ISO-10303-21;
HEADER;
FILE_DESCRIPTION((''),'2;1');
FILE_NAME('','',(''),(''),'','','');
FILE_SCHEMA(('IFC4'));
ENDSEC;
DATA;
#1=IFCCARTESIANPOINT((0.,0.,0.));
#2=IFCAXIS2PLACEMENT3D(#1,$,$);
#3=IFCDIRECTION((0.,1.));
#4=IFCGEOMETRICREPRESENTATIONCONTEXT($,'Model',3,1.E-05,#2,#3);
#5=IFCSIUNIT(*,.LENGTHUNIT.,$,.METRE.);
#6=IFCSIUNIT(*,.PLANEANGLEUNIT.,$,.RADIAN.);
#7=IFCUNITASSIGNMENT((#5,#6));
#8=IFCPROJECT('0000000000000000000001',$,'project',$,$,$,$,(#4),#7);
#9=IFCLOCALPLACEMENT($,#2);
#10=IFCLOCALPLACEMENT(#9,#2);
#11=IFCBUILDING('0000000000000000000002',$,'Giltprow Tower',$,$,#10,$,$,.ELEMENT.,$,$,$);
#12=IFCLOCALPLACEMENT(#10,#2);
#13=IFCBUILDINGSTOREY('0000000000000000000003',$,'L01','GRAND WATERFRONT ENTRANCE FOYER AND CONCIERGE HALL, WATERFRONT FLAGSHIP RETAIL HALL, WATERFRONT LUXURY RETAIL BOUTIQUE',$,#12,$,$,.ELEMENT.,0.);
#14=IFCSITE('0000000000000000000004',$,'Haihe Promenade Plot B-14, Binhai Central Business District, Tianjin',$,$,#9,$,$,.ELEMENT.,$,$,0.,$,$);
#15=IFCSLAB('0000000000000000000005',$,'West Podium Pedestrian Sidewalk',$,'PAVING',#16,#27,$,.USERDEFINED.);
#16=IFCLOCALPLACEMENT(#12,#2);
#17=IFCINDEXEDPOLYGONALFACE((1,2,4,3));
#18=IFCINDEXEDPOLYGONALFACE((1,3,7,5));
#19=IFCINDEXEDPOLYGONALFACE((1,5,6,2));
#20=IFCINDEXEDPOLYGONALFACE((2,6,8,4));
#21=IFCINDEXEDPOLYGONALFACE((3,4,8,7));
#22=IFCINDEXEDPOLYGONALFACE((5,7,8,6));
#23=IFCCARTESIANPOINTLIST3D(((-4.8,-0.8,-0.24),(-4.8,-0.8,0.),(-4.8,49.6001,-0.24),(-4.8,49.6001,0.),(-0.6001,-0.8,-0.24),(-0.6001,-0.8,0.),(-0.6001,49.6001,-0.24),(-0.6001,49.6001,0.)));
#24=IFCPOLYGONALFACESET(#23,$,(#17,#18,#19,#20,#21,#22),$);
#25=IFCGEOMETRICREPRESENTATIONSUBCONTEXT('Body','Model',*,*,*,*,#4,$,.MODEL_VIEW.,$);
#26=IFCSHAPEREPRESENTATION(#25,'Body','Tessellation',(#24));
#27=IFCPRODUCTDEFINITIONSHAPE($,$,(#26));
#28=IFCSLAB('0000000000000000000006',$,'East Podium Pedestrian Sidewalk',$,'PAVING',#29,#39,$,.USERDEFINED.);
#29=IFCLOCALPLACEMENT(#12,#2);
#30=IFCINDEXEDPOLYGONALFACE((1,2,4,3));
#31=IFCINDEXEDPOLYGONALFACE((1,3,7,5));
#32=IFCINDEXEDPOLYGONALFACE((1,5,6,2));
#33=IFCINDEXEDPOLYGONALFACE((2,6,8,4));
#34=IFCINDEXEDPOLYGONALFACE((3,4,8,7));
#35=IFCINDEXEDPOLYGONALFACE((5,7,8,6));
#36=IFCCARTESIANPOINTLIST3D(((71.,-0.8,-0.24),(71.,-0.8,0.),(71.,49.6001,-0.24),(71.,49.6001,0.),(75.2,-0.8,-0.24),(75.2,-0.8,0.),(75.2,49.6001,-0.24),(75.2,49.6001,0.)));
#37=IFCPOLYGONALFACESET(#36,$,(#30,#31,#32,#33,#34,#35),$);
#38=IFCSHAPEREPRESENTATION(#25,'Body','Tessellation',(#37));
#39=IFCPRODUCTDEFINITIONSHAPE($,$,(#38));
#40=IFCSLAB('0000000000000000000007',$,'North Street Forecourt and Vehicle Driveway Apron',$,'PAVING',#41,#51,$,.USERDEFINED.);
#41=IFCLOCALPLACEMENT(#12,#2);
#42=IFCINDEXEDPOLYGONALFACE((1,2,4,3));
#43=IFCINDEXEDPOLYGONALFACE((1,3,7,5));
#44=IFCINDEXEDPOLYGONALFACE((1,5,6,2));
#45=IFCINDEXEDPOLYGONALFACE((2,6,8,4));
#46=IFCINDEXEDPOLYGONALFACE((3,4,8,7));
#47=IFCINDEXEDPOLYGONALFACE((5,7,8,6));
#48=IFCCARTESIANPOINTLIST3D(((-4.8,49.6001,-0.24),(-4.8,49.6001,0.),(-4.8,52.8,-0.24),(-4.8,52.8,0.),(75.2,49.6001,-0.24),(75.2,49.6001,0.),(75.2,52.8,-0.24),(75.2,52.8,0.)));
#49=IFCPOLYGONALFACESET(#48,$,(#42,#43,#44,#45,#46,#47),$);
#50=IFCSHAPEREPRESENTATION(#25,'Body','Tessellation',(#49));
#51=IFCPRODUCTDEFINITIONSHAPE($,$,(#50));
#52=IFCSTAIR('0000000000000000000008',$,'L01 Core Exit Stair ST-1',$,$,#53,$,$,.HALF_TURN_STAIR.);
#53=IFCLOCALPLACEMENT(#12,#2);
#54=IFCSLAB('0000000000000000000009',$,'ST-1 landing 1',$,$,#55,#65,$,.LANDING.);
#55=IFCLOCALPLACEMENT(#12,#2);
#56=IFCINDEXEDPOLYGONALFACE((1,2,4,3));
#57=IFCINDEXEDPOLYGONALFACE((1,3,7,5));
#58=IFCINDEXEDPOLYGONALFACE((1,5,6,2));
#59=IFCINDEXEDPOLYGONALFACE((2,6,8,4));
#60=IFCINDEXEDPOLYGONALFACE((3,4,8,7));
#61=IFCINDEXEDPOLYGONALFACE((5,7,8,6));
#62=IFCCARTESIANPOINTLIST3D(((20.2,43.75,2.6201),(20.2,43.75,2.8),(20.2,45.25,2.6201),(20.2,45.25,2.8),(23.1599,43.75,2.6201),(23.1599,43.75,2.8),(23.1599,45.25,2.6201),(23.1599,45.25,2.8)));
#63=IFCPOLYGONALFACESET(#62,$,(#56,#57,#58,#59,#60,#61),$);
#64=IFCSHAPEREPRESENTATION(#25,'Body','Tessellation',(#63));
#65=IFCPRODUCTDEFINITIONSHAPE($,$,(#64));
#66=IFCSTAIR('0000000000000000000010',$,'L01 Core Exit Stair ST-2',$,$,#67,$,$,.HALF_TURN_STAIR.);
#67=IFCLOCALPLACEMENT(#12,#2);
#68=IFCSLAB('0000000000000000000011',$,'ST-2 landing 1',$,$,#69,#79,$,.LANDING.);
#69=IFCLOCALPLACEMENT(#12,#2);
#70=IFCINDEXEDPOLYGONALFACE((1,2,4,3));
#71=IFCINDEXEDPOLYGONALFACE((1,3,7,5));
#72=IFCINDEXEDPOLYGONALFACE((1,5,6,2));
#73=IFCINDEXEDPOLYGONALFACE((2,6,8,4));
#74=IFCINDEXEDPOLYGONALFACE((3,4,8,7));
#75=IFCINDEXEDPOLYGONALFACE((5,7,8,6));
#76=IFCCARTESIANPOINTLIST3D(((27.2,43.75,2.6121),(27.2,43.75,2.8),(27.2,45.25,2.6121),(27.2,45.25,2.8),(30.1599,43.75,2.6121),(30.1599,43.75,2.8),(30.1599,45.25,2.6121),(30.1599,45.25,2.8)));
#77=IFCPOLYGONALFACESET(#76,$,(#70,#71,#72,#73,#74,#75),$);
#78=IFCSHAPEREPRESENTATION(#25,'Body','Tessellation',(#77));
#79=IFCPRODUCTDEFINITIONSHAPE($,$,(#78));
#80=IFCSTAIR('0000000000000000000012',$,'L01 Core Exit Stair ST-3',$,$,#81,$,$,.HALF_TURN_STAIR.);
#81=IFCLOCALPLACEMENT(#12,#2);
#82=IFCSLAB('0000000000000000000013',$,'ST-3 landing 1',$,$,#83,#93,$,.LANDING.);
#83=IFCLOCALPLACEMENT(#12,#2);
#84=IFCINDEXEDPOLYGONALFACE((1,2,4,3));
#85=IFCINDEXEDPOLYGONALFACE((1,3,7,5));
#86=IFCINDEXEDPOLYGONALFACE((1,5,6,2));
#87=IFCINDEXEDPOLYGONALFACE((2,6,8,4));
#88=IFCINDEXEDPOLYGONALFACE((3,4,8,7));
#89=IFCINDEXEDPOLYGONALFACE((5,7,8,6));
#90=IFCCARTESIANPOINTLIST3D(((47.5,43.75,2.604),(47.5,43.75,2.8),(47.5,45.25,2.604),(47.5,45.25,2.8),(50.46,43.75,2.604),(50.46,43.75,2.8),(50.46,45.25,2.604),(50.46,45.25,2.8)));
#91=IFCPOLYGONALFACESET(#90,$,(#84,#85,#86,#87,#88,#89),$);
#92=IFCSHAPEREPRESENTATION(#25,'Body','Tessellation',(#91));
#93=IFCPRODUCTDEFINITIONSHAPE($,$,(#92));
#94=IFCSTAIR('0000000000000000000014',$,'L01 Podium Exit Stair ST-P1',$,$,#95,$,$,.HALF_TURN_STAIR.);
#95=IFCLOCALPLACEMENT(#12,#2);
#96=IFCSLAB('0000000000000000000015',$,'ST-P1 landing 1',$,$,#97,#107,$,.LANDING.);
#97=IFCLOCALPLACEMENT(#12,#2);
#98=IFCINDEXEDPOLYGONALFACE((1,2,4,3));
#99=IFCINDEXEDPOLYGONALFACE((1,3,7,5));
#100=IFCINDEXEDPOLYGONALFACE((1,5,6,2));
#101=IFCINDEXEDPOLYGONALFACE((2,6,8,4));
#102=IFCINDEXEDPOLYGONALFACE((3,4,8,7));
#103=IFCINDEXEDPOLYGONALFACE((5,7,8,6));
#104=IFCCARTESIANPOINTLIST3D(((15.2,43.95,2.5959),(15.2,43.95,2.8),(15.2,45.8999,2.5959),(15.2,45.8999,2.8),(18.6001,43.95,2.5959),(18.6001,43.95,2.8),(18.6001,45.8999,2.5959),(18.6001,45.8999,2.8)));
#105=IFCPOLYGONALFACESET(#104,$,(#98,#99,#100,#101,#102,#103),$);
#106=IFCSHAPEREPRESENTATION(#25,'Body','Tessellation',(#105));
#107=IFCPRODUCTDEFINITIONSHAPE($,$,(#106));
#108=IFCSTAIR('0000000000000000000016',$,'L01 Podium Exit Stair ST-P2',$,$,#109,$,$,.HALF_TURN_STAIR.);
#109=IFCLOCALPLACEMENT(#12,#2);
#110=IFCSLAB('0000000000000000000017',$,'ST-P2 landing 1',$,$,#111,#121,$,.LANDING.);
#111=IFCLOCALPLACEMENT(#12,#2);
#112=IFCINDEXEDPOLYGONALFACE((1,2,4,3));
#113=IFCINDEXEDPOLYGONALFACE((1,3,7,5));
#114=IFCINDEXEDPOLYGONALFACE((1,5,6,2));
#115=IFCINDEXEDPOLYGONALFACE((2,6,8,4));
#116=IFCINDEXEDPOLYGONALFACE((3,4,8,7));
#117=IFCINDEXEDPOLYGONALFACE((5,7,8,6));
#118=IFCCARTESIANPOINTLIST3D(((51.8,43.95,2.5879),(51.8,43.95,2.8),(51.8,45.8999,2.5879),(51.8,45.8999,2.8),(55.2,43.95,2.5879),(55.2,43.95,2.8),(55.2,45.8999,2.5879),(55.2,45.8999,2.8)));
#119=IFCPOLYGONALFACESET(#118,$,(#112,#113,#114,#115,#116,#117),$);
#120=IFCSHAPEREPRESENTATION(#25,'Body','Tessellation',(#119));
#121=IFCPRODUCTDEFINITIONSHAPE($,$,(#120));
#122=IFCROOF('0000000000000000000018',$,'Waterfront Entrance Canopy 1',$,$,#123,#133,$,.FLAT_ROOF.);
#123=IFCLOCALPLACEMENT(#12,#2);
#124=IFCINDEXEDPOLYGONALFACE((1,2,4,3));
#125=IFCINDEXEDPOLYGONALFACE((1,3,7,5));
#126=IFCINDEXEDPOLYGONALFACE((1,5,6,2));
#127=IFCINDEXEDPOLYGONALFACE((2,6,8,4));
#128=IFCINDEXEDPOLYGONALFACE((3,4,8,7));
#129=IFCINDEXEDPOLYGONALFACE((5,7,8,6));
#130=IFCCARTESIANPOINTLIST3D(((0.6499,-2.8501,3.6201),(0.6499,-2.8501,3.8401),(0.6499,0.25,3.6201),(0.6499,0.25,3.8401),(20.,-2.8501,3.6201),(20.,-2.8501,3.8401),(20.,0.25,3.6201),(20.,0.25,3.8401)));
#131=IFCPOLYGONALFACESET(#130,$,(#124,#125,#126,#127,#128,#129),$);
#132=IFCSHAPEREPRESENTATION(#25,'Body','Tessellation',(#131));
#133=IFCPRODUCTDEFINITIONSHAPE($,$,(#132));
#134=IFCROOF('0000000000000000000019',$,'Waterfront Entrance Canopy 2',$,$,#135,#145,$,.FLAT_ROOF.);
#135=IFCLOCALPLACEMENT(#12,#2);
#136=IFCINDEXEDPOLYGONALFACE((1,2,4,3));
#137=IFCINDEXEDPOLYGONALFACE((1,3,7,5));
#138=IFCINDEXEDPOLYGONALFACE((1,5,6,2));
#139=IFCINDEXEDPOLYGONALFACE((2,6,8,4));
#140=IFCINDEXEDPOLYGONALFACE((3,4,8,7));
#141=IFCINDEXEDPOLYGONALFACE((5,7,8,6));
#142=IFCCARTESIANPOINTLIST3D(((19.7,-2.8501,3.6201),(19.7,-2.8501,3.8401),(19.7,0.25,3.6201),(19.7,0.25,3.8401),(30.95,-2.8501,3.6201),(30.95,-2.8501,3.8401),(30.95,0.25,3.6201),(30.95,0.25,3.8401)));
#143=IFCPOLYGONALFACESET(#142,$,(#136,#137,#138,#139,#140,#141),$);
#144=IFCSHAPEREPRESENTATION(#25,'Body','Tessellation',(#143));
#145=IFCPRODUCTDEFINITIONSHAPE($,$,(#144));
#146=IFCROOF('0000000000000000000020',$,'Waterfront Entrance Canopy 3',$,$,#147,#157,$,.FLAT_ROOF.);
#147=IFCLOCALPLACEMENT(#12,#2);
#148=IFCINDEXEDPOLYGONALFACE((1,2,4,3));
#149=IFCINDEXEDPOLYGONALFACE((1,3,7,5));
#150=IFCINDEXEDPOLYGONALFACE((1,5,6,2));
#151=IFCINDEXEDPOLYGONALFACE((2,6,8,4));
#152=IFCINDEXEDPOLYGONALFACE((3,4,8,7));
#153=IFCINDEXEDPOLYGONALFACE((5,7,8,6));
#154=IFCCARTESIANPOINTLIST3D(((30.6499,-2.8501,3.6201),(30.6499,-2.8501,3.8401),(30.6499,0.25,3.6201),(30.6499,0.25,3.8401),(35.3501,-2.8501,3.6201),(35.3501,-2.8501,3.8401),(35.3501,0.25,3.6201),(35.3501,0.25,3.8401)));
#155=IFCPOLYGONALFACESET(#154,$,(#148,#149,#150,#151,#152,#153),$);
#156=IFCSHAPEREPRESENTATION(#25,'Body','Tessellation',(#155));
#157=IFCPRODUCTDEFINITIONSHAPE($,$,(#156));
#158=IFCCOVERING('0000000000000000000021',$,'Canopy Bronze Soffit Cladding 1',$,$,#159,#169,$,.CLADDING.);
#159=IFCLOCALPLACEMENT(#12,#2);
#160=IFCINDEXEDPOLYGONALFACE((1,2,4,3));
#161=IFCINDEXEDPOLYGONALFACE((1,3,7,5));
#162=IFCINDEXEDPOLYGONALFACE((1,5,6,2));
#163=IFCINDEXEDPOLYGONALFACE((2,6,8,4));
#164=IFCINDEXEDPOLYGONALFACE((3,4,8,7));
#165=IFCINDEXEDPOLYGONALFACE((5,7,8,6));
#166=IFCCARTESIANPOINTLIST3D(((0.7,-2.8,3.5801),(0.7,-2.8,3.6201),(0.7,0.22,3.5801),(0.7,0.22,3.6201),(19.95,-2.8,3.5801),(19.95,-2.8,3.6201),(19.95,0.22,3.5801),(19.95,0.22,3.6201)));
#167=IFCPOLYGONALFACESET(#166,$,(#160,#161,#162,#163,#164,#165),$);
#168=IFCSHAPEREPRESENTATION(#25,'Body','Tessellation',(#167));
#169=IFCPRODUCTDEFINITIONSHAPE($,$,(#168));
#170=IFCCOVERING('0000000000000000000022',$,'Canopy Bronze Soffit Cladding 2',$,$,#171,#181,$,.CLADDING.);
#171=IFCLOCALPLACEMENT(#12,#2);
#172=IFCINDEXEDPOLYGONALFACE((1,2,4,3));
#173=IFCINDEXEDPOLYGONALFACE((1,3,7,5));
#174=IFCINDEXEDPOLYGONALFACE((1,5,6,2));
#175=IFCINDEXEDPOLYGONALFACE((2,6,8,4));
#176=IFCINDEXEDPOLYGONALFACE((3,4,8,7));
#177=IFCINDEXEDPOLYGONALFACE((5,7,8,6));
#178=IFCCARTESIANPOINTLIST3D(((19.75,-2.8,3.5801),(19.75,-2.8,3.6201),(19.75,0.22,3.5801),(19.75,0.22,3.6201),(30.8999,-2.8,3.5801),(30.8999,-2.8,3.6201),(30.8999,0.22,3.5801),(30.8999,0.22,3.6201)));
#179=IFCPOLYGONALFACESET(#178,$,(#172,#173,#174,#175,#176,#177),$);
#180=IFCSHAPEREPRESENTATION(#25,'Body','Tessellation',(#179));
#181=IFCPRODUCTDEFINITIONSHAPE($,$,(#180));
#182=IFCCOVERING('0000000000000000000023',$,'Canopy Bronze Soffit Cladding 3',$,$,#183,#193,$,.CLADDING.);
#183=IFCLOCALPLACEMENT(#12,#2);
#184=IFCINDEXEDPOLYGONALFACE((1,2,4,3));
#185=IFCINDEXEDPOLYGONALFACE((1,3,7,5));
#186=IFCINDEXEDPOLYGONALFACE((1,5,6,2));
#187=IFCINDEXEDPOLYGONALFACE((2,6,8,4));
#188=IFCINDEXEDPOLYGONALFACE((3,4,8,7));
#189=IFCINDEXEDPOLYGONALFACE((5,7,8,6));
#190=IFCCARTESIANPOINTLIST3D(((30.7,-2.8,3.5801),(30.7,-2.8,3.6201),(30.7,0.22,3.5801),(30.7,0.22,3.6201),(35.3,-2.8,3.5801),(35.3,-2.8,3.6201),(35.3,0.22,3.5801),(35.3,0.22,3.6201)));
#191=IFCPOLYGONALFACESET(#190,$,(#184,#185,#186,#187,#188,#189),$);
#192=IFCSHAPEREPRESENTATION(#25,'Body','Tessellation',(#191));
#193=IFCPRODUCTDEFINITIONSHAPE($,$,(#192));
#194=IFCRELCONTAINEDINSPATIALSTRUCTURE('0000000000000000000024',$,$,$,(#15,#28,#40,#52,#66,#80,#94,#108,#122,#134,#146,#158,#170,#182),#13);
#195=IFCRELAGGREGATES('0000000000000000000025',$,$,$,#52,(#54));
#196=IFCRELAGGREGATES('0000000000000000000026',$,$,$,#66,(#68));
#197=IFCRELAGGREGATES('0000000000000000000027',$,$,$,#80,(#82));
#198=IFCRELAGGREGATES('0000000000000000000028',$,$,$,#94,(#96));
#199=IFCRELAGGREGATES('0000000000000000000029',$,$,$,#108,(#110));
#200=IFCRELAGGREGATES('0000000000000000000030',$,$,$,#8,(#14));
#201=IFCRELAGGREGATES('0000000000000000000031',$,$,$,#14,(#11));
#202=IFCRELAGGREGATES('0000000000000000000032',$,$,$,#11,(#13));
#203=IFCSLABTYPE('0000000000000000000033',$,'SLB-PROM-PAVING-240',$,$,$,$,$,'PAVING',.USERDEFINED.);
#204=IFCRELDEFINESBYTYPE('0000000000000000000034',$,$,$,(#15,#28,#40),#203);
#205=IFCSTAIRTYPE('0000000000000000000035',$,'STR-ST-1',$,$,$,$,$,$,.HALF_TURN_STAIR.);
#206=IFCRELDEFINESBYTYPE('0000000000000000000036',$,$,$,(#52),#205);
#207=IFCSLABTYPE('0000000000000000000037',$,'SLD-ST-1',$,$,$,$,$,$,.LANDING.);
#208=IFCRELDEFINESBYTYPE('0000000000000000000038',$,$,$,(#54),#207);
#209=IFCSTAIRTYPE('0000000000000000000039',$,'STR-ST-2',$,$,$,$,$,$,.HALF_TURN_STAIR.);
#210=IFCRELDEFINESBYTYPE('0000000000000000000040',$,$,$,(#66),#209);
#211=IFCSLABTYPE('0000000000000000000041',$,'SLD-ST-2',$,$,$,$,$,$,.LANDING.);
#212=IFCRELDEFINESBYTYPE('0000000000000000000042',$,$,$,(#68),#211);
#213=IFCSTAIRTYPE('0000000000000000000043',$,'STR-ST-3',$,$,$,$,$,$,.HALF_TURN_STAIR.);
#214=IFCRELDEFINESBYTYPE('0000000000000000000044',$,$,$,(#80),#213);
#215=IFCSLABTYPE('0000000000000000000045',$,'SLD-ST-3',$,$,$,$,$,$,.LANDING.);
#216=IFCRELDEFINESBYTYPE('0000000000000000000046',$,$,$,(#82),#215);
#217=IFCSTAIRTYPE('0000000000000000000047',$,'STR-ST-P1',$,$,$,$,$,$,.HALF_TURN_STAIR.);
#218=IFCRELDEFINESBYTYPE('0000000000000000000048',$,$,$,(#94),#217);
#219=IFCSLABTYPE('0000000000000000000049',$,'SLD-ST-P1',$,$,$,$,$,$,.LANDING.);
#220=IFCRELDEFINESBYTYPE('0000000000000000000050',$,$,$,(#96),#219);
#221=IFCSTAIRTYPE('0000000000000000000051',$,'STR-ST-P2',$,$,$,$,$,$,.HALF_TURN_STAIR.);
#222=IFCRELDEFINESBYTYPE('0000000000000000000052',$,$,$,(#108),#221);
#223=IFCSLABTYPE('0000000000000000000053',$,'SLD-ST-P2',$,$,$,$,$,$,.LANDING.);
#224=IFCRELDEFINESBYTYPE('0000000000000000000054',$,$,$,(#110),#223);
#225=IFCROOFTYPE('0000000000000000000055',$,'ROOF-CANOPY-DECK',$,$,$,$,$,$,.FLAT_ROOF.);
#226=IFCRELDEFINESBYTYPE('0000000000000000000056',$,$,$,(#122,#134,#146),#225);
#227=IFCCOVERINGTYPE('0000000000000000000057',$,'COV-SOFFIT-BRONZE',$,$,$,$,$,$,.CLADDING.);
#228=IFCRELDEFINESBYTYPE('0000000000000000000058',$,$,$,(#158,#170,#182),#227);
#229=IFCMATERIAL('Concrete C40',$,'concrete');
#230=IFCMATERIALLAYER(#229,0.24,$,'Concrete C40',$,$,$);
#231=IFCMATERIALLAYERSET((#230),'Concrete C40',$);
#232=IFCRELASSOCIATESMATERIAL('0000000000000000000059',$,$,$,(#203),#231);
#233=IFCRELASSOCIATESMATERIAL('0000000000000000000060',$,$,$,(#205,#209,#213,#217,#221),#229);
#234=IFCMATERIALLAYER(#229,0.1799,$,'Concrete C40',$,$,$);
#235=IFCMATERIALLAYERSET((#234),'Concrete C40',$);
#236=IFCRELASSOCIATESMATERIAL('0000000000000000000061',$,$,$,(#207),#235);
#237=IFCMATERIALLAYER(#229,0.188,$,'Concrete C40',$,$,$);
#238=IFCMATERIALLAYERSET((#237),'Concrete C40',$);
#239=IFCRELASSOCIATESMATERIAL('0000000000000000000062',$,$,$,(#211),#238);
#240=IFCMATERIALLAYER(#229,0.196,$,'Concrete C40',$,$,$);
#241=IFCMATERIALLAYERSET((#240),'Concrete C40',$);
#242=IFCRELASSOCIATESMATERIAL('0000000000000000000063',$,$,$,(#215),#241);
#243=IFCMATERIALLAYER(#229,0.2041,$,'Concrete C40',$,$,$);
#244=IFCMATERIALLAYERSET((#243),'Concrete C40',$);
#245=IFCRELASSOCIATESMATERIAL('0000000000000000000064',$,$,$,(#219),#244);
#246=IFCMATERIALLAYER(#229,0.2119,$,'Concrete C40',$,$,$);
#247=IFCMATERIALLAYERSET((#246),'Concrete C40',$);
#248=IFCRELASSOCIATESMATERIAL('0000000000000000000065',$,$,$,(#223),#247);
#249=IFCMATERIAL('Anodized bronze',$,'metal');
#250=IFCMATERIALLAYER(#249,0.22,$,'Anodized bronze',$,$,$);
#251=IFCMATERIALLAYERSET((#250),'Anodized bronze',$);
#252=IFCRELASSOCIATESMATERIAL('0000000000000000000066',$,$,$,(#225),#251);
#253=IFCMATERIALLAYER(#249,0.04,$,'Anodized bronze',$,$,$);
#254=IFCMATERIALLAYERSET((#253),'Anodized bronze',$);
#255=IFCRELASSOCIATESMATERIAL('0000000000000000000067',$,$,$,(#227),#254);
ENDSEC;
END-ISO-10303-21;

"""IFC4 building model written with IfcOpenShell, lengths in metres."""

from ifc_helpers import new_model, si_unit, direction, frame, origin, place, context, subcontext, project, spatial, polyline, outline, extrude, material, layer, layer_set, type_object, element, aggregate, save


model = new_model("IFC4")

# Units and contexts
model_context = context("Model", 3, precision=1e-05, world=origin(), true_north=direction((0.0, 1.0)))
body_context = subcontext(model_context, "Body", "Model", "MODEL_VIEW")
ifc_project = project(units=[si_unit("LENGTHUNIT", "METRE"), si_unit("PLANEANGLEUNIT", "RADIAN")], contexts=[model_context])

# Site, building, storey
site_placement = place(None, origin())
site = spatial("IfcSite", under=ifc_project, at=site_placement, Name="Haihe Promenade Plot B-14, Binhai Central Business District, Tianjin", CompositionType="ELEMENT", RefElevation=0.0)
building_placement = place(site_placement, origin())
building = spatial("IfcBuilding", under=site, at=building_placement, Name="Giltprow Tower", CompositionType="ELEMENT")
storey_placement = place(building_placement, origin())
storey = spatial("IfcBuildingStorey", under=building, at=storey_placement, Name="L01", Description="GRAND WATERFRONT ENTRANCE FOYER AND CONCIERGE HALL, WATERFRONT FLAGSHIP RETAIL HALL, WATERFRONT LUXURY RETAIL BOUTIQUE", CompositionType="ELEMENT", Elevation=0.0)

# Slabs
ifc_material_1 = material(Name="Concrete C40", Category="concrete")
ifc_layer_1 = layer(ifc_material_1, 0.24, Name="Concrete C40")
ifc_layer_set_1 = layer_set([ifc_layer_1], Name="Concrete C40")
slab_type_1 = type_object("IfcSlabType", Name="SLB-PROM-PAVING-240", ElementType="PAVING", PredefinedType="USERDEFINED", material=ifc_layer_set_1)
slab_1_placement = place(storey_placement, frame((0.0, 0.0, -0.24)))
element("IfcSlab", 1, at=slab_1_placement, inside=storey, type_object=slab_type_1, Name="West Podium Pedestrian Sidewalk", ObjectType="PAVING", PredefinedType="USERDEFINED", context=body_context, shape_type="SweptSolid", body=[
    extrude(outline(polyline([(-4.8, -0.8), (-0.6001, -0.8), (-0.6001, 49.6001), (-4.8, 49.6001), (-4.8, -0.8)])), origin(), (0.0, 0.0, 1.0), 0.24),
])
slab_2_placement = place(storey_placement, frame((0.0, 0.0, -0.24)))
element("IfcSlab", 2, at=slab_2_placement, inside=storey, type_object=slab_type_1, Name="East Podium Pedestrian Sidewalk", ObjectType="PAVING", PredefinedType="USERDEFINED", context=body_context, shape_type="SweptSolid", body=[
    extrude(outline(polyline([(71.0, -0.8), (75.2, -0.8), (75.2, 49.6001), (71.0, 49.6001), (71.0, -0.8)])), origin(), (0.0, 0.0, 1.0), 0.24),
])
slab_3_placement = place(storey_placement, frame((0.0, 0.0, -0.24)))
element("IfcSlab", 3, at=slab_3_placement, inside=storey, type_object=slab_type_1, Name="North Street Forecourt and Vehicle Driveway Apron", ObjectType="PAVING", PredefinedType="USERDEFINED", context=body_context, shape_type="SweptSolid", body=[
    extrude(outline(polyline([(-4.8, 49.6001), (75.2, 49.6001), (75.2, 52.8), (-4.8, 52.8), (-4.8, 49.6001)])), origin(), (0.0, 0.0, 1.0), 0.24),
])

# Stairs, slabs
stair_type_1 = type_object("IfcStairType", Name="STR-ST-1", PredefinedType="HALF_TURN_STAIR", material=ifc_material_1)
stair_1_placement = place(storey_placement, origin())
stair_1 = element("IfcStair", 4, at=stair_1_placement, inside=storey, type_object=stair_type_1, Name="L01 Core Exit Stair ST-1", PredefinedType="HALF_TURN_STAIR")
ifc_layer_2 = layer(ifc_material_1, 0.1799, Name="Concrete C40")
ifc_layer_set_2 = layer_set([ifc_layer_2], Name="Concrete C40")
slab_type_2 = type_object("IfcSlabType", Name="SLD-ST-1", PredefinedType="LANDING", material=ifc_layer_set_2)
slab_4_placement = place(storey_placement, frame((0.0, 0.0, 2.6201)))
slab_4 = element("IfcSlab", 5, at=slab_4_placement, type_object=slab_type_2, Name="ST-1 landing 1", PredefinedType="LANDING", context=body_context, shape_type="SweptSolid", body=[
    extrude(outline(polyline([(23.1599, 43.75), (23.1599, 45.25), (20.2, 45.25), (20.2, 43.75), (23.1599, 43.75)])), origin(), (0.0, 0.0, 1.0), 0.1799),
])
aggregate(stair_1, [slab_4])
stair_type_2 = type_object("IfcStairType", Name="STR-ST-2", PredefinedType="HALF_TURN_STAIR", material=ifc_material_1)
stair_2_placement = place(storey_placement, origin())
stair_2 = element("IfcStair", 6, at=stair_2_placement, inside=storey, type_object=stair_type_2, Name="L01 Core Exit Stair ST-2", PredefinedType="HALF_TURN_STAIR")
ifc_layer_3 = layer(ifc_material_1, 0.188, Name="Concrete C40")
ifc_layer_set_3 = layer_set([ifc_layer_3], Name="Concrete C40")
slab_type_3 = type_object("IfcSlabType", Name="SLD-ST-2", PredefinedType="LANDING", material=ifc_layer_set_3)
slab_5_placement = place(storey_placement, frame((0.0, 0.0, 2.6121)))
slab_5 = element("IfcSlab", 7, at=slab_5_placement, type_object=slab_type_3, Name="ST-2 landing 1", PredefinedType="LANDING", context=body_context, shape_type="SweptSolid", body=[
    extrude(outline(polyline([(30.1599, 43.75), (30.1599, 45.25), (27.2, 45.25), (27.2, 43.75), (30.1599, 43.75)])), origin(), (0.0, 0.0, 1.0), 0.188),
])
aggregate(stair_2, [slab_5])
stair_type_3 = type_object("IfcStairType", Name="STR-ST-3", PredefinedType="HALF_TURN_STAIR", material=ifc_material_1)
stair_3_placement = place(storey_placement, origin())
stair_3 = element("IfcStair", 8, at=stair_3_placement, inside=storey, type_object=stair_type_3, Name="L01 Core Exit Stair ST-3", PredefinedType="HALF_TURN_STAIR")
ifc_layer_4 = layer(ifc_material_1, 0.196, Name="Concrete C40")
ifc_layer_set_4 = layer_set([ifc_layer_4], Name="Concrete C40")
slab_type_4 = type_object("IfcSlabType", Name="SLD-ST-3", PredefinedType="LANDING", material=ifc_layer_set_4)
slab_6_placement = place(storey_placement, frame((0.0, 0.0, 2.604)))
slab_6 = element("IfcSlab", 9, at=slab_6_placement, type_object=slab_type_4, Name="ST-3 landing 1", PredefinedType="LANDING", context=body_context, shape_type="SweptSolid", body=[
    extrude(outline(polyline([(50.46, 43.75), (50.46, 45.25), (47.5, 45.25), (47.5, 43.75), (50.46, 43.75)])), origin(), (0.0, 0.0, 1.0), 0.196),
])
aggregate(stair_3, [slab_6])
stair_type_4 = type_object("IfcStairType", Name="STR-ST-P1", PredefinedType="HALF_TURN_STAIR", material=ifc_material_1)
stair_4_placement = place(storey_placement, origin())
stair_4 = element("IfcStair", 10, at=stair_4_placement, inside=storey, type_object=stair_type_4, Name="L01 Podium Exit Stair ST-P1", PredefinedType="HALF_TURN_STAIR")
ifc_layer_5 = layer(ifc_material_1, 0.2041, Name="Concrete C40")
ifc_layer_set_5 = layer_set([ifc_layer_5], Name="Concrete C40")
slab_type_5 = type_object("IfcSlabType", Name="SLD-ST-P1", PredefinedType="LANDING", material=ifc_layer_set_5)
slab_7_placement = place(storey_placement, frame((0.0, 0.0, 2.5959)))
slab_7 = element("IfcSlab", 11, at=slab_7_placement, type_object=slab_type_5, Name="ST-P1 landing 1", PredefinedType="LANDING", context=body_context, shape_type="SweptSolid", body=[
    extrude(outline(polyline([(18.6001, 43.95), (18.6001, 45.8999), (15.2, 45.8999), (15.2, 43.95), (18.6001, 43.95)])), origin(), (0.0, 0.0, 1.0), 0.2041),
])
aggregate(stair_4, [slab_7])
stair_type_5 = type_object("IfcStairType", Name="STR-ST-P2", PredefinedType="HALF_TURN_STAIR", material=ifc_material_1)
stair_5_placement = place(storey_placement, origin())
stair_5 = element("IfcStair", 12, at=stair_5_placement, inside=storey, type_object=stair_type_5, Name="L01 Podium Exit Stair ST-P2", PredefinedType="HALF_TURN_STAIR")
ifc_layer_6 = layer(ifc_material_1, 0.2119, Name="Concrete C40")
ifc_layer_set_6 = layer_set([ifc_layer_6], Name="Concrete C40")
slab_type_6 = type_object("IfcSlabType", Name="SLD-ST-P2", PredefinedType="LANDING", material=ifc_layer_set_6)
slab_8_placement = place(storey_placement, frame((0.0, 0.0, 2.5879)))
slab_8 = element("IfcSlab", 13, at=slab_8_placement, type_object=slab_type_6, Name="ST-P2 landing 1", PredefinedType="LANDING", context=body_context, shape_type="SweptSolid", body=[
    extrude(outline(polyline([(55.2, 43.95), (55.2, 45.8999), (51.8, 45.8999), (51.8, 43.95), (55.2, 43.95)])), origin(), (0.0, 0.0, 1.0), 0.2122),
])
aggregate(stair_5, [slab_8])

# Roofs
ifc_material_2 = material(Name="Anodized bronze", Category="metal")
ifc_layer_7 = layer(ifc_material_2, 0.22, Name="Anodized bronze")
ifc_layer_set_7 = layer_set([ifc_layer_7], Name="Anodized bronze")
roof_type = type_object("IfcRoofType", Name="ROOF-CANOPY-DECK", PredefinedType="FLAT_ROOF", material=ifc_layer_set_7)
roof_1_placement = place(storey_placement, frame((0.0, 0.0, 3.6201)))
element("IfcRoof", 14, at=roof_1_placement, inside=storey, type_object=roof_type, Name="Waterfront Entrance Canopy 1", PredefinedType="FLAT_ROOF", context=body_context, shape_type="SweptSolid", body=[
    extrude(outline(polyline([(0.6499, -2.8501), (20.0, -2.8501), (20.0, 0.25), (0.6499, 0.25), (0.6499, -2.8501)])), origin(), (0.0, 0.0, 1.0), 0.22),
])
roof_2_placement = place(storey_placement, frame((0.0, 0.0, 3.6201)))
element("IfcRoof", 15, at=roof_2_placement, inside=storey, type_object=roof_type, Name="Waterfront Entrance Canopy 2", PredefinedType="FLAT_ROOF", context=body_context, shape_type="SweptSolid", body=[
    extrude(outline(polyline([(19.7, -2.8501), (30.95, -2.8501), (30.95, 0.25), (19.7, 0.25), (19.7, -2.8501)])), origin(), (0.0, 0.0, 1.0), 0.22),
])
roof_3_placement = place(storey_placement, frame((0.0, 0.0, 3.6201)))
element("IfcRoof", 16, at=roof_3_placement, inside=storey, type_object=roof_type, Name="Waterfront Entrance Canopy 3", PredefinedType="FLAT_ROOF", context=body_context, shape_type="SweptSolid", body=[
    extrude(outline(polyline([(30.6499, -2.8501), (35.3501, -2.8501), (35.3501, 0.25), (30.6499, 0.25), (30.6499, -2.8501)])), origin(), (0.0, 0.0, 1.0), 0.22),
])

# Coverings
ifc_layer_8 = layer(ifc_material_2, 0.04, Name="Anodized bronze")
ifc_layer_set_8 = layer_set([ifc_layer_8], Name="Anodized bronze")
covering_type = type_object("IfcCoveringType", Name="COV-SOFFIT-BRONZE", PredefinedType="CLADDING", material=ifc_layer_set_8)
covering_1_placement = place(storey_placement, frame((0.0, 0.0, 3.5801)))
element("IfcCovering", 17, at=covering_1_placement, inside=storey, type_object=covering_type, Name="Canopy Bronze Soffit Cladding 1", PredefinedType="CLADDING", context=body_context, shape_type="SweptSolid", body=[
    extrude(outline(polyline([(0.7, -2.8), (19.95, -2.8), (19.95, 0.22), (0.7, 0.22), (0.7, -2.8)])), origin(), (0.0, 0.0, 1.0), 0.04),
])
covering_2_placement = place(storey_placement, frame((0.0, 0.0, 3.5801)))
element("IfcCovering", 18, at=covering_2_placement, inside=storey, type_object=covering_type, Name="Canopy Bronze Soffit Cladding 2", PredefinedType="CLADDING", context=body_context, shape_type="SweptSolid", body=[
    extrude(outline(polyline([(19.75, -2.8), (30.8999, -2.8), (30.8999, 0.22), (19.75, 0.22), (19.75, -2.8)])), origin(), (0.0, 0.0, 1.0), 0.04),
])
covering_3_placement = place(storey_placement, frame((0.0, 0.0, 3.5801)))
element("IfcCovering", 19, at=covering_3_placement, inside=storey, type_object=covering_type, Name="Canopy Bronze Soffit Cladding 3", PredefinedType="CLADDING", context=body_context, shape_type="SweptSolid", body=[
    extrude(outline(polyline([(30.7, -2.8), (35.3, -2.8), (35.3, 0.22), (30.7, 0.22), (30.7, -2.8)])), origin(), (0.0, 0.0, 1.0), 0.04),
])

save(model, "model.ifc")
